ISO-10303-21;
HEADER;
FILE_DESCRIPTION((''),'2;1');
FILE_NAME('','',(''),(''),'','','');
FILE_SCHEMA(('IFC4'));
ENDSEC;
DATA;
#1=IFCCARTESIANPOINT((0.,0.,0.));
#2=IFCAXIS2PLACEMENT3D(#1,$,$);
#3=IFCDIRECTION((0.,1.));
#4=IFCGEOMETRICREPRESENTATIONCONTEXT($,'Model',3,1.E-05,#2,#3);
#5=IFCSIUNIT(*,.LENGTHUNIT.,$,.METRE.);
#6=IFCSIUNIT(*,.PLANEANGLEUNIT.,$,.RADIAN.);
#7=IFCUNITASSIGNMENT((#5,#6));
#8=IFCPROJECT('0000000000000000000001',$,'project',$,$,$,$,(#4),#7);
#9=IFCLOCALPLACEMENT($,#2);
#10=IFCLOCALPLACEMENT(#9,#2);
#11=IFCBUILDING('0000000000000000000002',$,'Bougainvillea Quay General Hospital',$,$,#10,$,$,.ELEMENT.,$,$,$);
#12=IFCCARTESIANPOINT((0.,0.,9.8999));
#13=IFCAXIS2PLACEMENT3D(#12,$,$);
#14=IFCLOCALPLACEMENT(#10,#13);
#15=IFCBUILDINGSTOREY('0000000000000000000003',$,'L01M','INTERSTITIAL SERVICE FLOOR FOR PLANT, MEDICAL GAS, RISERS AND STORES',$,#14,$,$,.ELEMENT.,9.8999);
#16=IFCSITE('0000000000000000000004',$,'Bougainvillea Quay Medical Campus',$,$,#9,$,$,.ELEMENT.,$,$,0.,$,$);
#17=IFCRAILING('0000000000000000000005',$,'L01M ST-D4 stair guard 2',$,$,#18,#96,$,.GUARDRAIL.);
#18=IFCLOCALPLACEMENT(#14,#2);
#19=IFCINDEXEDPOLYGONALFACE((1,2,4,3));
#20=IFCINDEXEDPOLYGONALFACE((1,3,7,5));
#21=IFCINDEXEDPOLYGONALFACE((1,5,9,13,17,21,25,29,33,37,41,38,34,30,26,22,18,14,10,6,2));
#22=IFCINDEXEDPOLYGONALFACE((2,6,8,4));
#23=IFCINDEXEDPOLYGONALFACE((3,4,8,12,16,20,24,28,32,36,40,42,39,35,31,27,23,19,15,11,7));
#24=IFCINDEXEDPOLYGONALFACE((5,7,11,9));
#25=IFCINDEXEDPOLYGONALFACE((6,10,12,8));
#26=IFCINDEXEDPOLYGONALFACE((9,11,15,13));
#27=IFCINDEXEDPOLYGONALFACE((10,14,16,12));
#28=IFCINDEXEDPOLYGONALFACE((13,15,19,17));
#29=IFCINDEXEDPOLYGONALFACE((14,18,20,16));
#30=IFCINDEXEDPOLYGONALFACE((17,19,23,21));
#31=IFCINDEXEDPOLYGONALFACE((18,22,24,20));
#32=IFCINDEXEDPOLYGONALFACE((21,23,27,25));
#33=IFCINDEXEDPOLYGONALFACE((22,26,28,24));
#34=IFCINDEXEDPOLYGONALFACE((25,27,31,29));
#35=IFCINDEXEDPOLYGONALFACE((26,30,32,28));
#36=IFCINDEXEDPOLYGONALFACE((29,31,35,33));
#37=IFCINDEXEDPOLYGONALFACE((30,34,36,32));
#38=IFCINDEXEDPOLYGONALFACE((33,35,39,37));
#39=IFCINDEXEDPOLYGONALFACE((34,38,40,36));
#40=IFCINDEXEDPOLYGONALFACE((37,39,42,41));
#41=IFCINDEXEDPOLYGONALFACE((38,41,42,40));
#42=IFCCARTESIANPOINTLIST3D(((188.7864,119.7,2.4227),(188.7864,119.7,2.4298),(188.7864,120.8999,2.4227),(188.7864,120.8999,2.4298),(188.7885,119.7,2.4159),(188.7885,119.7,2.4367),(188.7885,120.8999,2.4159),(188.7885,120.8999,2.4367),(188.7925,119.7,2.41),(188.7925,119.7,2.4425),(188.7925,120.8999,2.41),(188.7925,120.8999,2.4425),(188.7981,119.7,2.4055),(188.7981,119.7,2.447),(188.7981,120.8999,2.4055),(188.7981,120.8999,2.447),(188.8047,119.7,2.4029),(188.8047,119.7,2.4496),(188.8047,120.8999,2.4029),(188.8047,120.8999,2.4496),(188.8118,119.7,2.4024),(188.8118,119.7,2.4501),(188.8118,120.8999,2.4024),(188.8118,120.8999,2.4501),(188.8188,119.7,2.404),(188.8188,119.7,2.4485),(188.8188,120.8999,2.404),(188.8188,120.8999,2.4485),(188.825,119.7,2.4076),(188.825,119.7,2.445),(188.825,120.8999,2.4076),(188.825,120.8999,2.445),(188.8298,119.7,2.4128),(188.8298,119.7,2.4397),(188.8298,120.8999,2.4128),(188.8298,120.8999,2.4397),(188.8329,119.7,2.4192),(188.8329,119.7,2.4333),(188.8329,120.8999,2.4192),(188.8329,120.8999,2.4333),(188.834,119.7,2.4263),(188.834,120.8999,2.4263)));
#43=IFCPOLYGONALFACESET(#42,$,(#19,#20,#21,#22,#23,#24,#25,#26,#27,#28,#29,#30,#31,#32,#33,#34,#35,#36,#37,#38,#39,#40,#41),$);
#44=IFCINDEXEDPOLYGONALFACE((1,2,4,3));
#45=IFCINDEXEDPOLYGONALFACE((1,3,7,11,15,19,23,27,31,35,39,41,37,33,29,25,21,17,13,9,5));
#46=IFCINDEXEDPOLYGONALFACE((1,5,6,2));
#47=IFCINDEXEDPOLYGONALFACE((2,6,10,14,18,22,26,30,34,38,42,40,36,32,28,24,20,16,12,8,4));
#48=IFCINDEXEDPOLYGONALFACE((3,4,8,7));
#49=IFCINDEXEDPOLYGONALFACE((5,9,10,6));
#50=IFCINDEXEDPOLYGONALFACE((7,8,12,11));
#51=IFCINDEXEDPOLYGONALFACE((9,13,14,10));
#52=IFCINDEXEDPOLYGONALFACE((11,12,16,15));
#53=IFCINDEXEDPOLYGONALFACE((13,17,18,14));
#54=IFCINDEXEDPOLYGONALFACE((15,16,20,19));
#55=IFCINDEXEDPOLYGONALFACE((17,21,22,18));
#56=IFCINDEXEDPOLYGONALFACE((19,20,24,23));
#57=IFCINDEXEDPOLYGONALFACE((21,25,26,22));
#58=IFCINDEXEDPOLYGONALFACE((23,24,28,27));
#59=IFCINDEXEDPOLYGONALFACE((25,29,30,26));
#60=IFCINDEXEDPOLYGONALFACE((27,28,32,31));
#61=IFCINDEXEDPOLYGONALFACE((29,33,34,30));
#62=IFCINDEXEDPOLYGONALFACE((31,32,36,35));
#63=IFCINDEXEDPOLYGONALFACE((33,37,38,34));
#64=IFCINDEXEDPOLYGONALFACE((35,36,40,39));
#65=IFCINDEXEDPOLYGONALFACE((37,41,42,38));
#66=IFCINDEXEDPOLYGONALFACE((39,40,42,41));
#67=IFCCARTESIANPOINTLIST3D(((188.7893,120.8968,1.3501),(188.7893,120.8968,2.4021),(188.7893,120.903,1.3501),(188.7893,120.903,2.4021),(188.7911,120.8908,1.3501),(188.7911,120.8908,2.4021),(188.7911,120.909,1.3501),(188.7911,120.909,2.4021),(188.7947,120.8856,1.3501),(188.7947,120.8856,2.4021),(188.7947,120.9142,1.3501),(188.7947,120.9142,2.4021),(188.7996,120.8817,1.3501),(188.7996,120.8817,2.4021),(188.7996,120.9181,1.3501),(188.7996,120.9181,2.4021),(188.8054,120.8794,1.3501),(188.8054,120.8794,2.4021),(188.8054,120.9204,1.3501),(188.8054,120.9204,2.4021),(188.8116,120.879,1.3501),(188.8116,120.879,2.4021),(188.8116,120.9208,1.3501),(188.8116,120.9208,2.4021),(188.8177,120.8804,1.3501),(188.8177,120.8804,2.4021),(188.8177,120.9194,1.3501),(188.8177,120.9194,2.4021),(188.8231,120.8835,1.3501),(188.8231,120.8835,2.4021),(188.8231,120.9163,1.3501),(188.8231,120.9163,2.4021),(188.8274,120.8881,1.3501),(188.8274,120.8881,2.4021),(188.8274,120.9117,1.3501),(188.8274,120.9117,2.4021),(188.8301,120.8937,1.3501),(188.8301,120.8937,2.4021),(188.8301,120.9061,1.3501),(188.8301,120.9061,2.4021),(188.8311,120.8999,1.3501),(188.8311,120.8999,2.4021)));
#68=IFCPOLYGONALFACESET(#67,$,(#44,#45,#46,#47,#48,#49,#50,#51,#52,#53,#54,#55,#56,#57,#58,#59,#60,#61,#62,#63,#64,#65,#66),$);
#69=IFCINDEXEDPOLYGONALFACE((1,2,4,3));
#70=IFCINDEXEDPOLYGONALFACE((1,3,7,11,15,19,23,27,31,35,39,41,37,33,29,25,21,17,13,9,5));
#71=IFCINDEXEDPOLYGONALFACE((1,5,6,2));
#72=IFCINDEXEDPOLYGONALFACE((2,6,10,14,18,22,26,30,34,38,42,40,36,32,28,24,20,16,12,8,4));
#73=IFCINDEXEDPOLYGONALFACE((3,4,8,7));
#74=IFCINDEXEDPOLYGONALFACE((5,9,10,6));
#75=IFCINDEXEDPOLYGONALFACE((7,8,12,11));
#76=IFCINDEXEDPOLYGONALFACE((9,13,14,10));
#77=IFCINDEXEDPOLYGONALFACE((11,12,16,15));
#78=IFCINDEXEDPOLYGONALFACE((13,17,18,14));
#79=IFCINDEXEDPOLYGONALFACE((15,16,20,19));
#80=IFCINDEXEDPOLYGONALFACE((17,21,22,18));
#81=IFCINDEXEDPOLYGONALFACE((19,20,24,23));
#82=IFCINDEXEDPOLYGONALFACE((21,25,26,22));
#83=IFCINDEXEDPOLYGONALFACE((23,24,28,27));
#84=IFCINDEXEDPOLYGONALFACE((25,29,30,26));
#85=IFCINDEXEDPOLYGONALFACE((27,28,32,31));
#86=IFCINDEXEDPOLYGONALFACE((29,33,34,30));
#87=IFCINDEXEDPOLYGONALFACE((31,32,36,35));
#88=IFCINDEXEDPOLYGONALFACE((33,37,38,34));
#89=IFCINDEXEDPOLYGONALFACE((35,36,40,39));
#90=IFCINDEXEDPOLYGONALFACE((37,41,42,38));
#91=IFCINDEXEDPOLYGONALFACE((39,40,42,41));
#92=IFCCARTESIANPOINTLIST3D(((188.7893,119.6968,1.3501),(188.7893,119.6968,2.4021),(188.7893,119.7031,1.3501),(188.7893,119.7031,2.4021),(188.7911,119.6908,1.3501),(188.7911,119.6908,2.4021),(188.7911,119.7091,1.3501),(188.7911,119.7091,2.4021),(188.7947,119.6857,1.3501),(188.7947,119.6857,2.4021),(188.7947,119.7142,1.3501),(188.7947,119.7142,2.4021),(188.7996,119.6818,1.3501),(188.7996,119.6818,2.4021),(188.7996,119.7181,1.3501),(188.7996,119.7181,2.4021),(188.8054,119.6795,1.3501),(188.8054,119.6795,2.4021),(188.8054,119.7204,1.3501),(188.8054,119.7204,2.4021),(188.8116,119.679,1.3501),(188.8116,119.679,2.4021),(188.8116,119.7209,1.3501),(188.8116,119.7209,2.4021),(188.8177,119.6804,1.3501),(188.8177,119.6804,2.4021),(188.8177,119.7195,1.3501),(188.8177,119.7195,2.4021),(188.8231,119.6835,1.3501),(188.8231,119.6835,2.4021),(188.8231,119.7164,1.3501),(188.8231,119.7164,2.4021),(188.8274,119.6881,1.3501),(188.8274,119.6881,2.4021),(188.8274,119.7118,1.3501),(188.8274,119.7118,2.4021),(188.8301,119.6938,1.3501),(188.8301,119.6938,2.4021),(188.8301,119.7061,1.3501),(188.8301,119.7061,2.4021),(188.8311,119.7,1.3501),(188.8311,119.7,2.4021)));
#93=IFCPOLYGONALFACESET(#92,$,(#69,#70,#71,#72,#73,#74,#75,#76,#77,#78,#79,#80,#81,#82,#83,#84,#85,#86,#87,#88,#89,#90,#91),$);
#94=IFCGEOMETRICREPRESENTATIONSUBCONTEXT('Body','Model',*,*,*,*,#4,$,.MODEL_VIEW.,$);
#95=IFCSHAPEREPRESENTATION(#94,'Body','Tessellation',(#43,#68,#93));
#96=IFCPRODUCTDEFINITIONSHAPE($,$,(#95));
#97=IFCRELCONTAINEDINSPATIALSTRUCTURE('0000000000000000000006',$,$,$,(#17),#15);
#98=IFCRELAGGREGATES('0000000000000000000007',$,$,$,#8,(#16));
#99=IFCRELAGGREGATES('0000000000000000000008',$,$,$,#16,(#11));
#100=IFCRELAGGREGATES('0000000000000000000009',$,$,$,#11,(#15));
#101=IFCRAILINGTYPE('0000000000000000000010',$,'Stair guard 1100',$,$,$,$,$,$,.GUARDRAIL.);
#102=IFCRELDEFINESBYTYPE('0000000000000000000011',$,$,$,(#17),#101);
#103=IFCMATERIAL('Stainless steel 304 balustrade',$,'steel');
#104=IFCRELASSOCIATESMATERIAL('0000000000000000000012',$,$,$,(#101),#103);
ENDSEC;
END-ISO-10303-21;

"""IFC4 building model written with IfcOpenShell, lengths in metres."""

from ifc_helpers import new_model, si_unit, direction, frame, origin, origin_2d, place, context, subcontext, project, spatial, circle, extrude, material, type_object, element, save


model = new_model("IFC4")

# Units and contexts
model_context = context("Model", 3, precision=1e-05, world=origin(), true_north=direction((0.0, 1.0)))
body_context = subcontext(model_context, "Body", "Model", "MODEL_VIEW")
ifc_project = project(units=[si_unit("LENGTHUNIT", "METRE"), si_unit("PLANEANGLEUNIT", "RADIAN")], contexts=[model_context])

# Site, building, storey
site_placement = place(None, origin())
site = spatial("IfcSite", under=ifc_project, at=site_placement, Name="Bougainvillea Quay Medical Campus", CompositionType="ELEMENT", RefElevation=0.0)
building_placement = place(site_placement, origin())
building = spatial("IfcBuilding", under=site, at=building_placement, Name="Bougainvillea Quay General Hospital", CompositionType="ELEMENT")
storey_placement = place(building_placement, frame((0.0, 0.0, 9.8999)))
storey = spatial("IfcBuildingStorey", under=building, at=storey_placement, Name="L01M", Description="INTERSTITIAL SERVICE FLOOR FOR PLANT, MEDICAL GAS, RISERS AND STORES", CompositionType="ELEMENT", Elevation=9.8999)

# Railing
ifc_material_1 = material(Name="Stainless steel 304 balustrade", Category="steel")
railing_type_1 = type_object("IfcRailingType", Name="Stair guard 1100", PredefinedType="GUARDRAIL", material=ifc_material_1)
railing_1_placement = place(storey_placement, frame((188.8101, 120.8999, 1.3501)))
element("IfcRailing", 1, at=railing_1_placement, inside=storey, type_object=railing_type_1, Name="L01M ST-D4 stair guard 2", PredefinedType="GUARDRAIL", context=body_context, shape_type="SweptSolid", body=[
    extrude(circle(Radius=0.0239, at=origin_2d()), frame((0.0, 0.0, 1.0762), z_axis=(0.0, -1.0, 0.0), x_axis=(1.0, 0.0, 0.0)), (0.0, 0.0, 1.0), 1.2),
    extrude(circle(Radius=0.021, at=origin_2d()), origin(), (0.0, 0.0, 1.0), 1.052),
    extrude(circle(Radius=0.021, at=origin_2d()), frame((0.0, -1.2, 0.0)), (0.0, 0.0, 1.0), 1.052),
])

save(model, "model.ifc")
